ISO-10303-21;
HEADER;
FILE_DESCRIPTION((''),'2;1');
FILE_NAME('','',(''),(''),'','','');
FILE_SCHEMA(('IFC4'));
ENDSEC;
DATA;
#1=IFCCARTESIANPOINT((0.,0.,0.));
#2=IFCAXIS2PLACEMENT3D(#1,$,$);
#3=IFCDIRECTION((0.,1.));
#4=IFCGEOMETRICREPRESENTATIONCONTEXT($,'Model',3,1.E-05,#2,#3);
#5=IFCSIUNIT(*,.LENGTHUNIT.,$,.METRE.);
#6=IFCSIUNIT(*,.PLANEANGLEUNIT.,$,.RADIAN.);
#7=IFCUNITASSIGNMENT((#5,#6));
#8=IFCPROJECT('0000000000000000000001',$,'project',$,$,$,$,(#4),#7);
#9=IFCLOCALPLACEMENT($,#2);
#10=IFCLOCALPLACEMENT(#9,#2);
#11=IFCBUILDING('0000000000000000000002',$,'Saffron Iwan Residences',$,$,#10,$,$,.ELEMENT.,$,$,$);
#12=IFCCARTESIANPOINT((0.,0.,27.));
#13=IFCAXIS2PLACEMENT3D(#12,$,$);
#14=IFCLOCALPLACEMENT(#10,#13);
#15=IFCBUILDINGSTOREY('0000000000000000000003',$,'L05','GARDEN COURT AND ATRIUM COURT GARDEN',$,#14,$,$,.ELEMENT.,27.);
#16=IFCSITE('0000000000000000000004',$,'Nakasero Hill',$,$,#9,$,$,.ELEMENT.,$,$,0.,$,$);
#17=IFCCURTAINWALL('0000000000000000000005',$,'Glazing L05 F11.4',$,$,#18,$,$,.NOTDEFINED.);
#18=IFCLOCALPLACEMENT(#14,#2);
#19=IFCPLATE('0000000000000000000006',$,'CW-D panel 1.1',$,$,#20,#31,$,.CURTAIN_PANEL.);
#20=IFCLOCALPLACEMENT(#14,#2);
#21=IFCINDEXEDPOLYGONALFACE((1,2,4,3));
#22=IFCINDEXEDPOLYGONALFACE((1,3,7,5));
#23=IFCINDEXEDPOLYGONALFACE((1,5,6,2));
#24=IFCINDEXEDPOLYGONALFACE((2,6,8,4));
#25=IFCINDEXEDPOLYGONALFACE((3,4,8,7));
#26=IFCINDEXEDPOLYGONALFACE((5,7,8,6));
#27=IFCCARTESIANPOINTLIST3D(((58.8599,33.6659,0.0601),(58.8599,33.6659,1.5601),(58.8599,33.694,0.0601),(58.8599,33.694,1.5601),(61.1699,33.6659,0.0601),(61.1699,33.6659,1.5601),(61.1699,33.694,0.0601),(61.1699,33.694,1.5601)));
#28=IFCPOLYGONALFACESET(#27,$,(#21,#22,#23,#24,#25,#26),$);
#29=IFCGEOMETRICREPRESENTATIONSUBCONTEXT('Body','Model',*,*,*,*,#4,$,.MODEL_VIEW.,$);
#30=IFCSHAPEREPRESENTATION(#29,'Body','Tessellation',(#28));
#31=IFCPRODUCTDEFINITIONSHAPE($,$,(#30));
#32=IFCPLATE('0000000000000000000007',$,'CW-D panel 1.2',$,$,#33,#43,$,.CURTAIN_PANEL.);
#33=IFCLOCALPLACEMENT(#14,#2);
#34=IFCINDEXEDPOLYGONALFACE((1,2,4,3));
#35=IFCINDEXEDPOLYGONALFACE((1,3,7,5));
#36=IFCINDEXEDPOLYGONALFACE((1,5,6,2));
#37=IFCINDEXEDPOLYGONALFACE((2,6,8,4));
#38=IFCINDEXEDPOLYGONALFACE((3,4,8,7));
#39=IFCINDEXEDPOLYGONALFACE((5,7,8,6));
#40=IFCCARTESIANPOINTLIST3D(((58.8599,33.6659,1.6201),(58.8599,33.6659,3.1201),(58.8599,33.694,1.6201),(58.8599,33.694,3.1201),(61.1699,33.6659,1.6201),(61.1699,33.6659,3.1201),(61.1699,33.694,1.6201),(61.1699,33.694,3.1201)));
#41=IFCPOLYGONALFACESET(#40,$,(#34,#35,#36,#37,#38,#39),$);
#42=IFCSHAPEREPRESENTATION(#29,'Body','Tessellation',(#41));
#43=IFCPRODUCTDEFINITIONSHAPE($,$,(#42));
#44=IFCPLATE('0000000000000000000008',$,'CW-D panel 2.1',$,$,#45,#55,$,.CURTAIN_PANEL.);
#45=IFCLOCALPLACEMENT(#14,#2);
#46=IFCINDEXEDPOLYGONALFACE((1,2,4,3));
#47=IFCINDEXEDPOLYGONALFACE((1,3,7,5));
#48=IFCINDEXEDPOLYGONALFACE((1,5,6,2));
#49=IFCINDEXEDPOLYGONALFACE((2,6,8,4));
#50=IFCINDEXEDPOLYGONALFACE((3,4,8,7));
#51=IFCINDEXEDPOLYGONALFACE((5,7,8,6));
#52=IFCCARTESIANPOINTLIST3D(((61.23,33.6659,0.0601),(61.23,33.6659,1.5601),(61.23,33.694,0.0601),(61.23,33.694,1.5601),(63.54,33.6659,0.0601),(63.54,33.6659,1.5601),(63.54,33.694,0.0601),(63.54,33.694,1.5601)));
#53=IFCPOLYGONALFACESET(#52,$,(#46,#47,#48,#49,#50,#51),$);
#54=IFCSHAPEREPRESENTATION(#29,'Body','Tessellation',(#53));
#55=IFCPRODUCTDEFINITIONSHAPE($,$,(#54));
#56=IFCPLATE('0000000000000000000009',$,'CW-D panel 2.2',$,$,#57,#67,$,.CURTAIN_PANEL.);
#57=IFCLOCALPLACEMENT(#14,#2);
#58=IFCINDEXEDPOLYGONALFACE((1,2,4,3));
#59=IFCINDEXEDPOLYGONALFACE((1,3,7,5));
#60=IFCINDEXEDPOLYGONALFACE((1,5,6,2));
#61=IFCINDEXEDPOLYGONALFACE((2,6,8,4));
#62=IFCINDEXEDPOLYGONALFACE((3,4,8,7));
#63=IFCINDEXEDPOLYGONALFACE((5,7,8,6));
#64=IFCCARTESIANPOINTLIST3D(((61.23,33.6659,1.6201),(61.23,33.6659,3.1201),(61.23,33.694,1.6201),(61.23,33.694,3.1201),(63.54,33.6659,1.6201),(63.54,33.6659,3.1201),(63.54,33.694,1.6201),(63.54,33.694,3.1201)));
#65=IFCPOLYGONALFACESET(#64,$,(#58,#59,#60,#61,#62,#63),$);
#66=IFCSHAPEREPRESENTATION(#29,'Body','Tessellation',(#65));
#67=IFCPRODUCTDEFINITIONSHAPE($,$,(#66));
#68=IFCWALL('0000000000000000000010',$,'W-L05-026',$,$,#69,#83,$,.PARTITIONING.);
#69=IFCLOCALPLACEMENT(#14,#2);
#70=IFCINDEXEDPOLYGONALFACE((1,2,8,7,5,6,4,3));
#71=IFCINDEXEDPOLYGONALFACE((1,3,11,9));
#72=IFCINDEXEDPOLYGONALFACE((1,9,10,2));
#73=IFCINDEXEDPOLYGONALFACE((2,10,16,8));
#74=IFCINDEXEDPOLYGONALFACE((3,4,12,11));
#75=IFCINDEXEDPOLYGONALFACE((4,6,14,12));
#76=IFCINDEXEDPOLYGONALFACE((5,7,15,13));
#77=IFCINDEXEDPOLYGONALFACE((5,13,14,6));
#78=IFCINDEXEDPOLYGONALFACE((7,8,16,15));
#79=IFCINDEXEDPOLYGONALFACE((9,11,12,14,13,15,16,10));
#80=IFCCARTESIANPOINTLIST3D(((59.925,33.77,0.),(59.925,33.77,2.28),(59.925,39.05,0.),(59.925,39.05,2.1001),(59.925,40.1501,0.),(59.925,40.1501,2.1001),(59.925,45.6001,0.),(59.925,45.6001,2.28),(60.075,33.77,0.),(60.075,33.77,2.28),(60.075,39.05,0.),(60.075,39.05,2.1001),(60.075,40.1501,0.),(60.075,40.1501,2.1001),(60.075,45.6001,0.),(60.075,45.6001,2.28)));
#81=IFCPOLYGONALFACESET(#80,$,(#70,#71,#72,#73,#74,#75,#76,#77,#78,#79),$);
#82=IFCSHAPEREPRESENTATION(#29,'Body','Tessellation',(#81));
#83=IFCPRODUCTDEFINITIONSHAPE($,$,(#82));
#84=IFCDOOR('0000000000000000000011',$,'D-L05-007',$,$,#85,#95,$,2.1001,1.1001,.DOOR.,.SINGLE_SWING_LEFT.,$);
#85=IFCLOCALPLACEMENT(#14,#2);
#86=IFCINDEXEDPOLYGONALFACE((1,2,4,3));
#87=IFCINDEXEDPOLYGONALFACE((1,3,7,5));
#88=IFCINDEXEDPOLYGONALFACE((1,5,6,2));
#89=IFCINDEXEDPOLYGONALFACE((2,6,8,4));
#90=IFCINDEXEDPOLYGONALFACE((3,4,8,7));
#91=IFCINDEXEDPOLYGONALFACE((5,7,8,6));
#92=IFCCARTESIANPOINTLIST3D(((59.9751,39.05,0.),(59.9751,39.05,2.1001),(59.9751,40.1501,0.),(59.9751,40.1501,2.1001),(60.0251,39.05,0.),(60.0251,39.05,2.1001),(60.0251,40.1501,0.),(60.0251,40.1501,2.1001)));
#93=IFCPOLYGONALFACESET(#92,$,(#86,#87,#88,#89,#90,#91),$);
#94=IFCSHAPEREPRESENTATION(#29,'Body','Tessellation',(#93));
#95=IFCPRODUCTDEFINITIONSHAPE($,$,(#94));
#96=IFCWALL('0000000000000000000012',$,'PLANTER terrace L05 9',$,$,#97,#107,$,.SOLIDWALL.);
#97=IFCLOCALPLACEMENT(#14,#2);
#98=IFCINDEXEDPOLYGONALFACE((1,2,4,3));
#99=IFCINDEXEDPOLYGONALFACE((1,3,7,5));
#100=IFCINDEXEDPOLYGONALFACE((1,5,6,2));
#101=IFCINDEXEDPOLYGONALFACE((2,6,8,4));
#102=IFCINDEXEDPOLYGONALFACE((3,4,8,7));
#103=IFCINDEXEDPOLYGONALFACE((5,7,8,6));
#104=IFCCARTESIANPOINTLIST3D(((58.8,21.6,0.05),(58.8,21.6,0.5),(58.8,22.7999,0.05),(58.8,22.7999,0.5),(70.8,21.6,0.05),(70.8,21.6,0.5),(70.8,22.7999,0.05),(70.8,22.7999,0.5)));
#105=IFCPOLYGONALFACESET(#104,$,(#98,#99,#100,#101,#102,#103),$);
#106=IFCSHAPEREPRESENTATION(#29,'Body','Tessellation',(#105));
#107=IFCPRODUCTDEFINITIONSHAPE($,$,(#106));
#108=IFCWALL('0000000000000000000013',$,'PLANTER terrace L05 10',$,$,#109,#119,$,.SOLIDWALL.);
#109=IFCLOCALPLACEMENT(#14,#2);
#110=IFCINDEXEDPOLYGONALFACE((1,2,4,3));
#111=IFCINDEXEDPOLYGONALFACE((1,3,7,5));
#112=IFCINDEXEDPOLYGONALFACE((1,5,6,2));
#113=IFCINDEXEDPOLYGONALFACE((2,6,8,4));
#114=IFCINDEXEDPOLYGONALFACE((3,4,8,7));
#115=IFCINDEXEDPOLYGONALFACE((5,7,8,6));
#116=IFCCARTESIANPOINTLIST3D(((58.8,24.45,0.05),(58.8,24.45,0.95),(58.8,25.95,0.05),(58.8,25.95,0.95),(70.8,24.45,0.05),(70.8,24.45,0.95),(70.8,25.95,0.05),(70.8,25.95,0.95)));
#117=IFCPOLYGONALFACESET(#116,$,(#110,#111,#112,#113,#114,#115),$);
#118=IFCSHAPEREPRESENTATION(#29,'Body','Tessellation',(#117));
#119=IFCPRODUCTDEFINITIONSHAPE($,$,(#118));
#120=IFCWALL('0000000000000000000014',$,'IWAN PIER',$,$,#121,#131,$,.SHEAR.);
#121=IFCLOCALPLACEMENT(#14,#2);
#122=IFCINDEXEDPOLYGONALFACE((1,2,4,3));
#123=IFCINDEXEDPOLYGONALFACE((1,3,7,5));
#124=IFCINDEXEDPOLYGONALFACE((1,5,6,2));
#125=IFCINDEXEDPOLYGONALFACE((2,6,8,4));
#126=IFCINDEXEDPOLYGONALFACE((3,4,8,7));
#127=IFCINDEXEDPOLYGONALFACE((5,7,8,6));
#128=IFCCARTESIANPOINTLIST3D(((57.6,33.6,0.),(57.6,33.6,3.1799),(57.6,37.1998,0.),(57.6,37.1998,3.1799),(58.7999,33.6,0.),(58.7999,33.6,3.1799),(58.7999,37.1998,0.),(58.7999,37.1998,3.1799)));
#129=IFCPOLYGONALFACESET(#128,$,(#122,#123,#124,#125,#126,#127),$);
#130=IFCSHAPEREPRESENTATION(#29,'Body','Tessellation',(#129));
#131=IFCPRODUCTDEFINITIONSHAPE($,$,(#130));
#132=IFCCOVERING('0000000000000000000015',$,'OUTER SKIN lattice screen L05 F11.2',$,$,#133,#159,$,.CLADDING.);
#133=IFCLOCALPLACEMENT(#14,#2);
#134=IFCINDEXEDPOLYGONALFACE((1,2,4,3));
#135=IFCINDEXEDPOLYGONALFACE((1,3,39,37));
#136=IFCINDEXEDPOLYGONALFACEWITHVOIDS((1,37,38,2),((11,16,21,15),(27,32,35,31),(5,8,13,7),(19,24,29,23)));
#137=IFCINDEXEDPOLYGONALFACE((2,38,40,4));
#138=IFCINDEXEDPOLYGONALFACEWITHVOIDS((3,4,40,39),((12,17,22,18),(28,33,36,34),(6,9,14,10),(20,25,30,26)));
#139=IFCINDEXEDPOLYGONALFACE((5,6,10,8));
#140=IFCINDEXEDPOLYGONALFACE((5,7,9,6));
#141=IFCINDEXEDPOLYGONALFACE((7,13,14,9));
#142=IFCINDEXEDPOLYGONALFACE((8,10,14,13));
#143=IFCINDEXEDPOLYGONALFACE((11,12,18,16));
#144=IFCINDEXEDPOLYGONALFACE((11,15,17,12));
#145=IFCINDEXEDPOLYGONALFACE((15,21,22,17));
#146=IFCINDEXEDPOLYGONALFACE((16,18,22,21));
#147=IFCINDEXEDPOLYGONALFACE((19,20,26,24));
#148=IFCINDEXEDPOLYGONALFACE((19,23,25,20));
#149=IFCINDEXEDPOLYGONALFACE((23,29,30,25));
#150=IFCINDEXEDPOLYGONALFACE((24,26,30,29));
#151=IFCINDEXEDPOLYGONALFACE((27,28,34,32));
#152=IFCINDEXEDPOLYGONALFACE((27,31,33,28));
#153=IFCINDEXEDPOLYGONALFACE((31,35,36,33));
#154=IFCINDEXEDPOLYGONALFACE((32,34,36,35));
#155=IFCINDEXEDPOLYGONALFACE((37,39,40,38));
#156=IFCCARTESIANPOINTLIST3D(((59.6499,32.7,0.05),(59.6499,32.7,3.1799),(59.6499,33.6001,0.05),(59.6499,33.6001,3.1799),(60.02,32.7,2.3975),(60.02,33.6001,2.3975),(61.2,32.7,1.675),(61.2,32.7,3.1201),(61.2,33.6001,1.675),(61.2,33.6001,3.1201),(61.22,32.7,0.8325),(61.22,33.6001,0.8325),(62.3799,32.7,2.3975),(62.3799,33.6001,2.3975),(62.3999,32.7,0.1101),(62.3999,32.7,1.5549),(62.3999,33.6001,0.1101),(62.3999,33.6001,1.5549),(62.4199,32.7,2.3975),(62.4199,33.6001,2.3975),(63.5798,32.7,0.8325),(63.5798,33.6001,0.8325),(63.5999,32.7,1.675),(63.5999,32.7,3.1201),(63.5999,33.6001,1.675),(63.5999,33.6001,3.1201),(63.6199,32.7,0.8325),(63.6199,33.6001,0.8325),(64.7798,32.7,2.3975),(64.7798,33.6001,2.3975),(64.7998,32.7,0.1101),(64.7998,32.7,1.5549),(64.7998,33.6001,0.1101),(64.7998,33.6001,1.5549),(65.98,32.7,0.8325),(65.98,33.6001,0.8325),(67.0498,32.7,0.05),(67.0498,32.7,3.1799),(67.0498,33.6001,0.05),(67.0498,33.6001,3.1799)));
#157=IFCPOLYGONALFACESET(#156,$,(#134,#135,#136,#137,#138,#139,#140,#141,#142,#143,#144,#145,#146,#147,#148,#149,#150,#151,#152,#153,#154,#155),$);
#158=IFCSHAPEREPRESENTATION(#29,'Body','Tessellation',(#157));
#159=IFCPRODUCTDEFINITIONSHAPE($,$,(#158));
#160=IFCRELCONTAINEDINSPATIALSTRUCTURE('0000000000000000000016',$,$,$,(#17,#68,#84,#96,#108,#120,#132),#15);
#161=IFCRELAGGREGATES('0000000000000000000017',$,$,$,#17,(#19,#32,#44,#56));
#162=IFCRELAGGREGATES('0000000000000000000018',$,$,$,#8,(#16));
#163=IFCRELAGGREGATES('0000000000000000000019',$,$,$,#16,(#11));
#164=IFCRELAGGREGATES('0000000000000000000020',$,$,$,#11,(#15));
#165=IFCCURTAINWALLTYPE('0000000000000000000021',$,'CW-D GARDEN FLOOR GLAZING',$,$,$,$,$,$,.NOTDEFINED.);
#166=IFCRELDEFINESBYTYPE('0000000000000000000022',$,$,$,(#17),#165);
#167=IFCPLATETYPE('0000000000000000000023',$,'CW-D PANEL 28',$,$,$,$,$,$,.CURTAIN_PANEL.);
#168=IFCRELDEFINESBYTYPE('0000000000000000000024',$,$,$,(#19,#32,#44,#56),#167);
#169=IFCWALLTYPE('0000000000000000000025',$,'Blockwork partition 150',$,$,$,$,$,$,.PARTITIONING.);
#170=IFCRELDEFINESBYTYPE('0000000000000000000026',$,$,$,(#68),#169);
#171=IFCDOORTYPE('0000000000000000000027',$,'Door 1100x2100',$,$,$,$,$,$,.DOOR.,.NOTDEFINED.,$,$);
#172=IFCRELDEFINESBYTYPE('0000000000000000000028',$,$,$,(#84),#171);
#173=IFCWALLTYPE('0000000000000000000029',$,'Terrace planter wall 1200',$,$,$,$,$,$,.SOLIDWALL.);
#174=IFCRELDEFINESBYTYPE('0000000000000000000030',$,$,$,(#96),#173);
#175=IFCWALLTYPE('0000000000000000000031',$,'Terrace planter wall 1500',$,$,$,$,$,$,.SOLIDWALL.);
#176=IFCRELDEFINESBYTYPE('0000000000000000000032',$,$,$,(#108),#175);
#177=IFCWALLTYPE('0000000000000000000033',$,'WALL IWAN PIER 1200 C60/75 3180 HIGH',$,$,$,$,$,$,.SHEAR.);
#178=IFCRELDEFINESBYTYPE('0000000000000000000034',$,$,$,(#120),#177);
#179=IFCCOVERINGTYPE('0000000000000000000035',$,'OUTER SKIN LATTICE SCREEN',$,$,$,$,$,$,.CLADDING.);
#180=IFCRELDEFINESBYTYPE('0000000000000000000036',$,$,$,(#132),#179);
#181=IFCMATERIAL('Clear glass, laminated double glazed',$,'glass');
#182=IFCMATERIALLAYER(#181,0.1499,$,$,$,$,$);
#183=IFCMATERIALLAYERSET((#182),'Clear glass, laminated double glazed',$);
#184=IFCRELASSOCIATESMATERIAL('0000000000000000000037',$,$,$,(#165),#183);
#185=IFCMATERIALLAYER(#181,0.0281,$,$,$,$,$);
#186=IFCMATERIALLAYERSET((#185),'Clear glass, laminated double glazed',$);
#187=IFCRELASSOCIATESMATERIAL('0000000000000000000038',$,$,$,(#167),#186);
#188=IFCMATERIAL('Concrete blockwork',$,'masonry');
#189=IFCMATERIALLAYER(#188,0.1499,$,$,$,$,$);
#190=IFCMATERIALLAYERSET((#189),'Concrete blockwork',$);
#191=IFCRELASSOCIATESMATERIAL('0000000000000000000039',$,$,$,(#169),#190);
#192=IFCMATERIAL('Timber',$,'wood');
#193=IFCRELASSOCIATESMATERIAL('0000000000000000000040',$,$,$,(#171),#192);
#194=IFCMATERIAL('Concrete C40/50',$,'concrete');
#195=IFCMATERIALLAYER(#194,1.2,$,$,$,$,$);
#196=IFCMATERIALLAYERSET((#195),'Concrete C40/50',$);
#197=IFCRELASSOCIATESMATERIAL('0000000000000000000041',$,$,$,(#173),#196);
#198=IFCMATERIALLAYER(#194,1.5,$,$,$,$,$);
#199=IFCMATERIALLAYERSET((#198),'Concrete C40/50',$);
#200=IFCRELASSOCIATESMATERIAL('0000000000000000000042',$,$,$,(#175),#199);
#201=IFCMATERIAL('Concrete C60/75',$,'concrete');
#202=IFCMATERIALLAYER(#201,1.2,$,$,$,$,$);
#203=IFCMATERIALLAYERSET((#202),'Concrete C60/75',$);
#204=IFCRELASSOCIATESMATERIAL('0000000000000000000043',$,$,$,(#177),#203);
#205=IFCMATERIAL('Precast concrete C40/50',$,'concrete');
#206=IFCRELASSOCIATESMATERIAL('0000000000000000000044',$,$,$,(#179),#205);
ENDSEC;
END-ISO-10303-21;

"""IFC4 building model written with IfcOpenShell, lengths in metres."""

from ifc_helpers import new_model, si_unit, direction, frame, frame_2d, origin, origin_2d, place, context, subcontext, project, spatial, polyline, rectangle, outline, extrude, source, transform, mapped, material, layer, layer_set, type_object, element, fill, aggregate, save


model = new_model("IFC4")

# Units and contexts
model_context = context("Model", 3, precision=1e-05, world=origin(), true_north=direction((0.0, 1.0)))
body_context = subcontext(model_context, "Body", "Model", "MODEL_VIEW")
ifc_project = project(units=[si_unit("LENGTHUNIT", "METRE"), si_unit("PLANEANGLEUNIT", "RADIAN")], contexts=[model_context])

# Site, building, storey
site_placement = place(None, origin())
site = spatial("IfcSite", under=ifc_project, at=site_placement, Name="Nakasero Hill", CompositionType="ELEMENT", RefElevation=0.0)
building_placement = place(site_placement, origin())
building = spatial("IfcBuilding", under=site, at=building_placement, Name="Saffron Iwan Residences", CompositionType="ELEMENT")
storey_placement = place(building_placement, frame((0.0, 0.0, 27.0)))
storey = spatial("IfcBuildingStorey", under=building, at=storey_placement, Name="L05", Description="GARDEN COURT AND ATRIUM COURT GARDEN", CompositionType="ELEMENT", Elevation=27.0)

# Curtain wall
ifc_material_1 = material(Name="Clear glass, laminated double glazed", Category="glass")
ifc_layer_1 = layer(ifc_material_1, 0.1499)
ifc_layer_set_1 = layer_set([ifc_layer_1], Name="Clear glass, laminated double glazed")
curtain_wall_type_1 = type_object("IfcCurtainWallType", Name="CW-D GARDEN FLOOR GLAZING", PredefinedType="NOTDEFINED", material=ifc_layer_set_1)
curtain_wall_1_placement = place(storey_placement, origin())
curtain_wall_1 = element("IfcCurtainWall", 1, at=curtain_wall_1_placement, inside=storey, type_object=curtain_wall_type_1, Name="Glazing L05 F11.4", PredefinedType="NOTDEFINED")

# Plates
ifc_layer_2 = layer(ifc_material_1, 0.0281)
ifc_layer_set_2 = layer_set([ifc_layer_2], Name="Clear glass, laminated double glazed")
plate_type = type_object("IfcPlateType", Name="CW-D PANEL 28", PredefinedType="CURTAIN_PANEL", material=ifc_layer_set_2)
shared_shape_1 = source(origin(), body_context, "Body", "SweptSolid", [
    extrude(rectangle(XDim=2.3101, YDim=0.0281, at=origin_2d()), origin(), (0.0, 0.0, 1.0), 1.5),
])
plate_1_placement = place(storey_placement, frame((60.0149, 33.6799, 0.0601), z_axis=(0.0, 0.0, 1.0), x_axis=(1.0, 0.0, 0.0)))
plate_1 = element("IfcPlate", 2, at=plate_1_placement, type_object=plate_type, Name="CW-D panel 1.1", PredefinedType="CURTAIN_PANEL", context=body_context, shape_type="MappedRepresentation", body=[
    mapped(shared_shape_1, transform((0.0, 0.0, 0.0))),
])
plate_2_placement = place(storey_placement, frame((60.0149, 33.6799, 1.6201), z_axis=(0.0, 0.0, 1.0), x_axis=(1.0, 0.0, 0.0)))
plate_2 = element("IfcPlate", 3, at=plate_2_placement, type_object=plate_type, Name="CW-D panel 1.2", PredefinedType="CURTAIN_PANEL", context=body_context, shape_type="MappedRepresentation", body=[
    mapped(shared_shape_1, transform((0.0, 0.0, 0.0))),
])
plate_3_placement = place(storey_placement, frame((62.385, 33.6799, 0.0601), z_axis=(0.0, 0.0, 1.0), x_axis=(1.0, 0.0, 0.0)))
plate_3 = element("IfcPlate", 4, at=plate_3_placement, type_object=plate_type, Name="CW-D panel 2.1", PredefinedType="CURTAIN_PANEL", context=body_context, shape_type="MappedRepresentation", body=[
    mapped(shared_shape_1, transform((0.0, 0.0, 0.0))),
])
plate_4_placement = place(storey_placement, frame((62.385, 33.6799, 1.6201), z_axis=(0.0, 0.0, 1.0), x_axis=(1.0, 0.0, 0.0)))
plate_4 = element("IfcPlate", 5, at=plate_4_placement, type_object=plate_type, Name="CW-D panel 2.2", PredefinedType="CURTAIN_PANEL", context=body_context, shape_type="MappedRepresentation", body=[
    mapped(shared_shape_1, transform((0.0, 0.0, 0.0))),
])
aggregate(curtain_wall_1, [plate_1, plate_2, plate_3, plate_4])

# Wall, opening, door
ifc_material_2 = material(Name="Concrete blockwork", Category="masonry")
ifc_layer_3 = layer(ifc_material_2, 0.1499)
ifc_layer_set_3 = layer_set([ifc_layer_3], Name="Concrete blockwork")
wall_type_1 = type_object("IfcWallType", Name="Blockwork partition 150", PredefinedType="PARTITIONING", material=ifc_layer_set_3)
wall_1_placement = place(storey_placement, frame((60.0, 33.77, 0.0), z_axis=(0.0, 0.0, 1.0), x_axis=(0.0, 1.0, 0.0)))
wall_1 = element("IfcWall", 6, at=wall_1_placement, inside=storey, type_object=wall_type_1, Name="W-L05-026", PredefinedType="PARTITIONING", context=body_context, shape_type="SweptSolid", body=[
    extrude(rectangle(XDim=11.8301, YDim=0.1499, at=frame_2d((5.915, 0.0))), origin(), (0.0, 0.0, 1.0), 2.28),
])
opening_placement = place(wall_1_placement, frame((5.28, 0.0, 0.0)))
opening = element("IfcOpeningElement", 7, at=opening_placement, cuts=wall_1, PredefinedType="OPENING", context=body_context, shape_type="SweptSolid", body=[
    extrude(rectangle(XDim=1.1001, YDim=2.1001, at=frame_2d((0.55, 1.05))), frame((0.0, 0.085, 0.0), z_axis=(0.0, -1.0, 0.0), x_axis=(1.0, 0.0, 0.0)), (0.0, 0.0, 1.0), 0.1699),
])
ifc_material_3 = material(Name="Timber", Category="wood")
door_type = type_object("IfcDoorType", Name="Door 1100x2100", OperationType="NOTDEFINED", PredefinedType="DOOR", material=ifc_material_3)
door_placement = place(opening_placement, origin())
door = element("IfcDoor", 8, at=door_placement, inside=storey, type_object=door_type, Name="D-L05-007", OperationType="SINGLE_SWING_LEFT", OverallHeight=2.1001, OverallWidth=1.1001, PredefinedType="DOOR", context=body_context, shape_type="SweptSolid", body=[
    extrude(rectangle(XDim=1.1001, YDim=2.1001, at=frame_2d((0.55, 1.05))), frame((0.0, 0.0249, 0.0), z_axis=(0.0, -1.0, 0.0), x_axis=(1.0, 0.0, 0.0)), (0.0, 0.0, 1.0), 0.05),
])
fill(opening, door)

# Walls
ifc_material_4 = material(Name="Concrete C40/50", Category="concrete")
ifc_layer_4 = layer(ifc_material_4, 1.2)
ifc_layer_set_4 = layer_set([ifc_layer_4], Name="Concrete C40/50")
wall_type_2 = type_object("IfcWallType", Name="Terrace planter wall 1200", PredefinedType="SOLIDWALL", material=ifc_layer_set_4)
wall_2_placement = place(storey_placement, frame((58.8, 22.2, 0.05), z_axis=(0.0, 0.0, 1.0), x_axis=(1.0, 0.0, 0.0)))
element("IfcWall", 9, at=wall_2_placement, inside=storey, type_object=wall_type_2, Name="PLANTER terrace L05 9", PredefinedType="SOLIDWALL", context=body_context, shape_type="SweptSolid", body=[
    extrude(rectangle(XDim=12.0, YDim=1.2, at=frame_2d((6.0, 0.0))), origin(), (0.0, 0.0, 1.0), 0.45),
])
ifc_layer_5 = layer(ifc_material_4, 1.5)
ifc_layer_set_5 = layer_set([ifc_layer_5], Name="Concrete C40/50")
wall_type_3 = type_object("IfcWallType", Name="Terrace planter wall 1500", PredefinedType="SOLIDWALL", material=ifc_layer_set_5)
wall_3_placement = place(storey_placement, frame((58.8, 25.2, 0.05), z_axis=(0.0, 0.0, 1.0), x_axis=(1.0, 0.0, 0.0)))
element("IfcWall", 10, at=wall_3_placement, inside=storey, type_object=wall_type_3, Name="PLANTER terrace L05 10", PredefinedType="SOLIDWALL", context=body_context, shape_type="SweptSolid", body=[
    extrude(rectangle(XDim=12.0, YDim=1.5, at=frame_2d((6.0, 0.0))), origin(), (0.0, 0.0, 1.0), 0.8999),
])
ifc_material_5 = material(Name="Concrete C60/75", Category="concrete")
ifc_layer_6 = layer(ifc_material_5, 1.2)
ifc_layer_set_6 = layer_set([ifc_layer_6], Name="Concrete C60/75")
wall_type_4 = type_object("IfcWallType", Name="WALL IWAN PIER 1200 C60/75 3180 HIGH", PredefinedType="SHEAR", material=ifc_layer_set_6)
wall_4_placement = place(storey_placement, frame((58.2, 33.6001, 0.0), z_axis=(0.0, 0.0, 1.0), x_axis=(0.0, 1.0, 0.0)))
element("IfcWall", 11, at=wall_4_placement, inside=storey, type_object=wall_type_4, Name="IWAN PIER", PredefinedType="SHEAR", context=body_context, shape_type="SweptSolid", body=[
    extrude(rectangle(XDim=3.5999, YDim=1.2, at=frame_2d((1.7998, 0.0))), origin(), (0.0, 0.0, 1.0), 3.1799),
])

# Covering
ifc_material_6 = material(Name="Precast concrete C40/50", Category="concrete")
covering_type = type_object("IfcCoveringType", Name="OUTER SKIN LATTICE SCREEN", PredefinedType="CLADDING", material=ifc_material_6)
covering_placement = place(storey_placement, frame((59.6499, 33.6001, 0.05), z_axis=(0.0, -1.0, 0.0), x_axis=(1.0, 0.0, 0.0)))
element("IfcCovering", 12, at=covering_placement, inside=storey, type_object=covering_type, Name="OUTER SKIN lattice screen L05 F11.2", PredefinedType="CLADDING", context=body_context, shape_type="SweptSolid", body=[
    extrude(outline(polyline([(0.0, 0.0), (7.3999, 0.0), (7.3999, 3.1299), (0.0, 3.1299), (0.0, 0.0)]), holes=[polyline([(1.5701, 0.7825), (2.75, 0.0601), (3.9299, 0.7825), (2.75, 1.5049), (1.5701, 0.7825)]), polyline([(3.97, 0.7825), (5.1499, 0.0601), (6.3301, 0.7825), (5.1499, 1.5049), (3.97, 0.7825)]), polyline([(0.3701, 2.3474), (1.55, 1.625), (2.73, 2.3474), (1.55, 3.0701), (0.3701, 2.3474)]), polyline([(2.77, 2.3474), (3.95, 1.625), (5.1299, 2.3474), (3.95, 3.0701), (2.77, 2.3474)])]), origin(), (0.0, 0.0, 1.0), 0.9001),
])

save(model, "model.ifc")
